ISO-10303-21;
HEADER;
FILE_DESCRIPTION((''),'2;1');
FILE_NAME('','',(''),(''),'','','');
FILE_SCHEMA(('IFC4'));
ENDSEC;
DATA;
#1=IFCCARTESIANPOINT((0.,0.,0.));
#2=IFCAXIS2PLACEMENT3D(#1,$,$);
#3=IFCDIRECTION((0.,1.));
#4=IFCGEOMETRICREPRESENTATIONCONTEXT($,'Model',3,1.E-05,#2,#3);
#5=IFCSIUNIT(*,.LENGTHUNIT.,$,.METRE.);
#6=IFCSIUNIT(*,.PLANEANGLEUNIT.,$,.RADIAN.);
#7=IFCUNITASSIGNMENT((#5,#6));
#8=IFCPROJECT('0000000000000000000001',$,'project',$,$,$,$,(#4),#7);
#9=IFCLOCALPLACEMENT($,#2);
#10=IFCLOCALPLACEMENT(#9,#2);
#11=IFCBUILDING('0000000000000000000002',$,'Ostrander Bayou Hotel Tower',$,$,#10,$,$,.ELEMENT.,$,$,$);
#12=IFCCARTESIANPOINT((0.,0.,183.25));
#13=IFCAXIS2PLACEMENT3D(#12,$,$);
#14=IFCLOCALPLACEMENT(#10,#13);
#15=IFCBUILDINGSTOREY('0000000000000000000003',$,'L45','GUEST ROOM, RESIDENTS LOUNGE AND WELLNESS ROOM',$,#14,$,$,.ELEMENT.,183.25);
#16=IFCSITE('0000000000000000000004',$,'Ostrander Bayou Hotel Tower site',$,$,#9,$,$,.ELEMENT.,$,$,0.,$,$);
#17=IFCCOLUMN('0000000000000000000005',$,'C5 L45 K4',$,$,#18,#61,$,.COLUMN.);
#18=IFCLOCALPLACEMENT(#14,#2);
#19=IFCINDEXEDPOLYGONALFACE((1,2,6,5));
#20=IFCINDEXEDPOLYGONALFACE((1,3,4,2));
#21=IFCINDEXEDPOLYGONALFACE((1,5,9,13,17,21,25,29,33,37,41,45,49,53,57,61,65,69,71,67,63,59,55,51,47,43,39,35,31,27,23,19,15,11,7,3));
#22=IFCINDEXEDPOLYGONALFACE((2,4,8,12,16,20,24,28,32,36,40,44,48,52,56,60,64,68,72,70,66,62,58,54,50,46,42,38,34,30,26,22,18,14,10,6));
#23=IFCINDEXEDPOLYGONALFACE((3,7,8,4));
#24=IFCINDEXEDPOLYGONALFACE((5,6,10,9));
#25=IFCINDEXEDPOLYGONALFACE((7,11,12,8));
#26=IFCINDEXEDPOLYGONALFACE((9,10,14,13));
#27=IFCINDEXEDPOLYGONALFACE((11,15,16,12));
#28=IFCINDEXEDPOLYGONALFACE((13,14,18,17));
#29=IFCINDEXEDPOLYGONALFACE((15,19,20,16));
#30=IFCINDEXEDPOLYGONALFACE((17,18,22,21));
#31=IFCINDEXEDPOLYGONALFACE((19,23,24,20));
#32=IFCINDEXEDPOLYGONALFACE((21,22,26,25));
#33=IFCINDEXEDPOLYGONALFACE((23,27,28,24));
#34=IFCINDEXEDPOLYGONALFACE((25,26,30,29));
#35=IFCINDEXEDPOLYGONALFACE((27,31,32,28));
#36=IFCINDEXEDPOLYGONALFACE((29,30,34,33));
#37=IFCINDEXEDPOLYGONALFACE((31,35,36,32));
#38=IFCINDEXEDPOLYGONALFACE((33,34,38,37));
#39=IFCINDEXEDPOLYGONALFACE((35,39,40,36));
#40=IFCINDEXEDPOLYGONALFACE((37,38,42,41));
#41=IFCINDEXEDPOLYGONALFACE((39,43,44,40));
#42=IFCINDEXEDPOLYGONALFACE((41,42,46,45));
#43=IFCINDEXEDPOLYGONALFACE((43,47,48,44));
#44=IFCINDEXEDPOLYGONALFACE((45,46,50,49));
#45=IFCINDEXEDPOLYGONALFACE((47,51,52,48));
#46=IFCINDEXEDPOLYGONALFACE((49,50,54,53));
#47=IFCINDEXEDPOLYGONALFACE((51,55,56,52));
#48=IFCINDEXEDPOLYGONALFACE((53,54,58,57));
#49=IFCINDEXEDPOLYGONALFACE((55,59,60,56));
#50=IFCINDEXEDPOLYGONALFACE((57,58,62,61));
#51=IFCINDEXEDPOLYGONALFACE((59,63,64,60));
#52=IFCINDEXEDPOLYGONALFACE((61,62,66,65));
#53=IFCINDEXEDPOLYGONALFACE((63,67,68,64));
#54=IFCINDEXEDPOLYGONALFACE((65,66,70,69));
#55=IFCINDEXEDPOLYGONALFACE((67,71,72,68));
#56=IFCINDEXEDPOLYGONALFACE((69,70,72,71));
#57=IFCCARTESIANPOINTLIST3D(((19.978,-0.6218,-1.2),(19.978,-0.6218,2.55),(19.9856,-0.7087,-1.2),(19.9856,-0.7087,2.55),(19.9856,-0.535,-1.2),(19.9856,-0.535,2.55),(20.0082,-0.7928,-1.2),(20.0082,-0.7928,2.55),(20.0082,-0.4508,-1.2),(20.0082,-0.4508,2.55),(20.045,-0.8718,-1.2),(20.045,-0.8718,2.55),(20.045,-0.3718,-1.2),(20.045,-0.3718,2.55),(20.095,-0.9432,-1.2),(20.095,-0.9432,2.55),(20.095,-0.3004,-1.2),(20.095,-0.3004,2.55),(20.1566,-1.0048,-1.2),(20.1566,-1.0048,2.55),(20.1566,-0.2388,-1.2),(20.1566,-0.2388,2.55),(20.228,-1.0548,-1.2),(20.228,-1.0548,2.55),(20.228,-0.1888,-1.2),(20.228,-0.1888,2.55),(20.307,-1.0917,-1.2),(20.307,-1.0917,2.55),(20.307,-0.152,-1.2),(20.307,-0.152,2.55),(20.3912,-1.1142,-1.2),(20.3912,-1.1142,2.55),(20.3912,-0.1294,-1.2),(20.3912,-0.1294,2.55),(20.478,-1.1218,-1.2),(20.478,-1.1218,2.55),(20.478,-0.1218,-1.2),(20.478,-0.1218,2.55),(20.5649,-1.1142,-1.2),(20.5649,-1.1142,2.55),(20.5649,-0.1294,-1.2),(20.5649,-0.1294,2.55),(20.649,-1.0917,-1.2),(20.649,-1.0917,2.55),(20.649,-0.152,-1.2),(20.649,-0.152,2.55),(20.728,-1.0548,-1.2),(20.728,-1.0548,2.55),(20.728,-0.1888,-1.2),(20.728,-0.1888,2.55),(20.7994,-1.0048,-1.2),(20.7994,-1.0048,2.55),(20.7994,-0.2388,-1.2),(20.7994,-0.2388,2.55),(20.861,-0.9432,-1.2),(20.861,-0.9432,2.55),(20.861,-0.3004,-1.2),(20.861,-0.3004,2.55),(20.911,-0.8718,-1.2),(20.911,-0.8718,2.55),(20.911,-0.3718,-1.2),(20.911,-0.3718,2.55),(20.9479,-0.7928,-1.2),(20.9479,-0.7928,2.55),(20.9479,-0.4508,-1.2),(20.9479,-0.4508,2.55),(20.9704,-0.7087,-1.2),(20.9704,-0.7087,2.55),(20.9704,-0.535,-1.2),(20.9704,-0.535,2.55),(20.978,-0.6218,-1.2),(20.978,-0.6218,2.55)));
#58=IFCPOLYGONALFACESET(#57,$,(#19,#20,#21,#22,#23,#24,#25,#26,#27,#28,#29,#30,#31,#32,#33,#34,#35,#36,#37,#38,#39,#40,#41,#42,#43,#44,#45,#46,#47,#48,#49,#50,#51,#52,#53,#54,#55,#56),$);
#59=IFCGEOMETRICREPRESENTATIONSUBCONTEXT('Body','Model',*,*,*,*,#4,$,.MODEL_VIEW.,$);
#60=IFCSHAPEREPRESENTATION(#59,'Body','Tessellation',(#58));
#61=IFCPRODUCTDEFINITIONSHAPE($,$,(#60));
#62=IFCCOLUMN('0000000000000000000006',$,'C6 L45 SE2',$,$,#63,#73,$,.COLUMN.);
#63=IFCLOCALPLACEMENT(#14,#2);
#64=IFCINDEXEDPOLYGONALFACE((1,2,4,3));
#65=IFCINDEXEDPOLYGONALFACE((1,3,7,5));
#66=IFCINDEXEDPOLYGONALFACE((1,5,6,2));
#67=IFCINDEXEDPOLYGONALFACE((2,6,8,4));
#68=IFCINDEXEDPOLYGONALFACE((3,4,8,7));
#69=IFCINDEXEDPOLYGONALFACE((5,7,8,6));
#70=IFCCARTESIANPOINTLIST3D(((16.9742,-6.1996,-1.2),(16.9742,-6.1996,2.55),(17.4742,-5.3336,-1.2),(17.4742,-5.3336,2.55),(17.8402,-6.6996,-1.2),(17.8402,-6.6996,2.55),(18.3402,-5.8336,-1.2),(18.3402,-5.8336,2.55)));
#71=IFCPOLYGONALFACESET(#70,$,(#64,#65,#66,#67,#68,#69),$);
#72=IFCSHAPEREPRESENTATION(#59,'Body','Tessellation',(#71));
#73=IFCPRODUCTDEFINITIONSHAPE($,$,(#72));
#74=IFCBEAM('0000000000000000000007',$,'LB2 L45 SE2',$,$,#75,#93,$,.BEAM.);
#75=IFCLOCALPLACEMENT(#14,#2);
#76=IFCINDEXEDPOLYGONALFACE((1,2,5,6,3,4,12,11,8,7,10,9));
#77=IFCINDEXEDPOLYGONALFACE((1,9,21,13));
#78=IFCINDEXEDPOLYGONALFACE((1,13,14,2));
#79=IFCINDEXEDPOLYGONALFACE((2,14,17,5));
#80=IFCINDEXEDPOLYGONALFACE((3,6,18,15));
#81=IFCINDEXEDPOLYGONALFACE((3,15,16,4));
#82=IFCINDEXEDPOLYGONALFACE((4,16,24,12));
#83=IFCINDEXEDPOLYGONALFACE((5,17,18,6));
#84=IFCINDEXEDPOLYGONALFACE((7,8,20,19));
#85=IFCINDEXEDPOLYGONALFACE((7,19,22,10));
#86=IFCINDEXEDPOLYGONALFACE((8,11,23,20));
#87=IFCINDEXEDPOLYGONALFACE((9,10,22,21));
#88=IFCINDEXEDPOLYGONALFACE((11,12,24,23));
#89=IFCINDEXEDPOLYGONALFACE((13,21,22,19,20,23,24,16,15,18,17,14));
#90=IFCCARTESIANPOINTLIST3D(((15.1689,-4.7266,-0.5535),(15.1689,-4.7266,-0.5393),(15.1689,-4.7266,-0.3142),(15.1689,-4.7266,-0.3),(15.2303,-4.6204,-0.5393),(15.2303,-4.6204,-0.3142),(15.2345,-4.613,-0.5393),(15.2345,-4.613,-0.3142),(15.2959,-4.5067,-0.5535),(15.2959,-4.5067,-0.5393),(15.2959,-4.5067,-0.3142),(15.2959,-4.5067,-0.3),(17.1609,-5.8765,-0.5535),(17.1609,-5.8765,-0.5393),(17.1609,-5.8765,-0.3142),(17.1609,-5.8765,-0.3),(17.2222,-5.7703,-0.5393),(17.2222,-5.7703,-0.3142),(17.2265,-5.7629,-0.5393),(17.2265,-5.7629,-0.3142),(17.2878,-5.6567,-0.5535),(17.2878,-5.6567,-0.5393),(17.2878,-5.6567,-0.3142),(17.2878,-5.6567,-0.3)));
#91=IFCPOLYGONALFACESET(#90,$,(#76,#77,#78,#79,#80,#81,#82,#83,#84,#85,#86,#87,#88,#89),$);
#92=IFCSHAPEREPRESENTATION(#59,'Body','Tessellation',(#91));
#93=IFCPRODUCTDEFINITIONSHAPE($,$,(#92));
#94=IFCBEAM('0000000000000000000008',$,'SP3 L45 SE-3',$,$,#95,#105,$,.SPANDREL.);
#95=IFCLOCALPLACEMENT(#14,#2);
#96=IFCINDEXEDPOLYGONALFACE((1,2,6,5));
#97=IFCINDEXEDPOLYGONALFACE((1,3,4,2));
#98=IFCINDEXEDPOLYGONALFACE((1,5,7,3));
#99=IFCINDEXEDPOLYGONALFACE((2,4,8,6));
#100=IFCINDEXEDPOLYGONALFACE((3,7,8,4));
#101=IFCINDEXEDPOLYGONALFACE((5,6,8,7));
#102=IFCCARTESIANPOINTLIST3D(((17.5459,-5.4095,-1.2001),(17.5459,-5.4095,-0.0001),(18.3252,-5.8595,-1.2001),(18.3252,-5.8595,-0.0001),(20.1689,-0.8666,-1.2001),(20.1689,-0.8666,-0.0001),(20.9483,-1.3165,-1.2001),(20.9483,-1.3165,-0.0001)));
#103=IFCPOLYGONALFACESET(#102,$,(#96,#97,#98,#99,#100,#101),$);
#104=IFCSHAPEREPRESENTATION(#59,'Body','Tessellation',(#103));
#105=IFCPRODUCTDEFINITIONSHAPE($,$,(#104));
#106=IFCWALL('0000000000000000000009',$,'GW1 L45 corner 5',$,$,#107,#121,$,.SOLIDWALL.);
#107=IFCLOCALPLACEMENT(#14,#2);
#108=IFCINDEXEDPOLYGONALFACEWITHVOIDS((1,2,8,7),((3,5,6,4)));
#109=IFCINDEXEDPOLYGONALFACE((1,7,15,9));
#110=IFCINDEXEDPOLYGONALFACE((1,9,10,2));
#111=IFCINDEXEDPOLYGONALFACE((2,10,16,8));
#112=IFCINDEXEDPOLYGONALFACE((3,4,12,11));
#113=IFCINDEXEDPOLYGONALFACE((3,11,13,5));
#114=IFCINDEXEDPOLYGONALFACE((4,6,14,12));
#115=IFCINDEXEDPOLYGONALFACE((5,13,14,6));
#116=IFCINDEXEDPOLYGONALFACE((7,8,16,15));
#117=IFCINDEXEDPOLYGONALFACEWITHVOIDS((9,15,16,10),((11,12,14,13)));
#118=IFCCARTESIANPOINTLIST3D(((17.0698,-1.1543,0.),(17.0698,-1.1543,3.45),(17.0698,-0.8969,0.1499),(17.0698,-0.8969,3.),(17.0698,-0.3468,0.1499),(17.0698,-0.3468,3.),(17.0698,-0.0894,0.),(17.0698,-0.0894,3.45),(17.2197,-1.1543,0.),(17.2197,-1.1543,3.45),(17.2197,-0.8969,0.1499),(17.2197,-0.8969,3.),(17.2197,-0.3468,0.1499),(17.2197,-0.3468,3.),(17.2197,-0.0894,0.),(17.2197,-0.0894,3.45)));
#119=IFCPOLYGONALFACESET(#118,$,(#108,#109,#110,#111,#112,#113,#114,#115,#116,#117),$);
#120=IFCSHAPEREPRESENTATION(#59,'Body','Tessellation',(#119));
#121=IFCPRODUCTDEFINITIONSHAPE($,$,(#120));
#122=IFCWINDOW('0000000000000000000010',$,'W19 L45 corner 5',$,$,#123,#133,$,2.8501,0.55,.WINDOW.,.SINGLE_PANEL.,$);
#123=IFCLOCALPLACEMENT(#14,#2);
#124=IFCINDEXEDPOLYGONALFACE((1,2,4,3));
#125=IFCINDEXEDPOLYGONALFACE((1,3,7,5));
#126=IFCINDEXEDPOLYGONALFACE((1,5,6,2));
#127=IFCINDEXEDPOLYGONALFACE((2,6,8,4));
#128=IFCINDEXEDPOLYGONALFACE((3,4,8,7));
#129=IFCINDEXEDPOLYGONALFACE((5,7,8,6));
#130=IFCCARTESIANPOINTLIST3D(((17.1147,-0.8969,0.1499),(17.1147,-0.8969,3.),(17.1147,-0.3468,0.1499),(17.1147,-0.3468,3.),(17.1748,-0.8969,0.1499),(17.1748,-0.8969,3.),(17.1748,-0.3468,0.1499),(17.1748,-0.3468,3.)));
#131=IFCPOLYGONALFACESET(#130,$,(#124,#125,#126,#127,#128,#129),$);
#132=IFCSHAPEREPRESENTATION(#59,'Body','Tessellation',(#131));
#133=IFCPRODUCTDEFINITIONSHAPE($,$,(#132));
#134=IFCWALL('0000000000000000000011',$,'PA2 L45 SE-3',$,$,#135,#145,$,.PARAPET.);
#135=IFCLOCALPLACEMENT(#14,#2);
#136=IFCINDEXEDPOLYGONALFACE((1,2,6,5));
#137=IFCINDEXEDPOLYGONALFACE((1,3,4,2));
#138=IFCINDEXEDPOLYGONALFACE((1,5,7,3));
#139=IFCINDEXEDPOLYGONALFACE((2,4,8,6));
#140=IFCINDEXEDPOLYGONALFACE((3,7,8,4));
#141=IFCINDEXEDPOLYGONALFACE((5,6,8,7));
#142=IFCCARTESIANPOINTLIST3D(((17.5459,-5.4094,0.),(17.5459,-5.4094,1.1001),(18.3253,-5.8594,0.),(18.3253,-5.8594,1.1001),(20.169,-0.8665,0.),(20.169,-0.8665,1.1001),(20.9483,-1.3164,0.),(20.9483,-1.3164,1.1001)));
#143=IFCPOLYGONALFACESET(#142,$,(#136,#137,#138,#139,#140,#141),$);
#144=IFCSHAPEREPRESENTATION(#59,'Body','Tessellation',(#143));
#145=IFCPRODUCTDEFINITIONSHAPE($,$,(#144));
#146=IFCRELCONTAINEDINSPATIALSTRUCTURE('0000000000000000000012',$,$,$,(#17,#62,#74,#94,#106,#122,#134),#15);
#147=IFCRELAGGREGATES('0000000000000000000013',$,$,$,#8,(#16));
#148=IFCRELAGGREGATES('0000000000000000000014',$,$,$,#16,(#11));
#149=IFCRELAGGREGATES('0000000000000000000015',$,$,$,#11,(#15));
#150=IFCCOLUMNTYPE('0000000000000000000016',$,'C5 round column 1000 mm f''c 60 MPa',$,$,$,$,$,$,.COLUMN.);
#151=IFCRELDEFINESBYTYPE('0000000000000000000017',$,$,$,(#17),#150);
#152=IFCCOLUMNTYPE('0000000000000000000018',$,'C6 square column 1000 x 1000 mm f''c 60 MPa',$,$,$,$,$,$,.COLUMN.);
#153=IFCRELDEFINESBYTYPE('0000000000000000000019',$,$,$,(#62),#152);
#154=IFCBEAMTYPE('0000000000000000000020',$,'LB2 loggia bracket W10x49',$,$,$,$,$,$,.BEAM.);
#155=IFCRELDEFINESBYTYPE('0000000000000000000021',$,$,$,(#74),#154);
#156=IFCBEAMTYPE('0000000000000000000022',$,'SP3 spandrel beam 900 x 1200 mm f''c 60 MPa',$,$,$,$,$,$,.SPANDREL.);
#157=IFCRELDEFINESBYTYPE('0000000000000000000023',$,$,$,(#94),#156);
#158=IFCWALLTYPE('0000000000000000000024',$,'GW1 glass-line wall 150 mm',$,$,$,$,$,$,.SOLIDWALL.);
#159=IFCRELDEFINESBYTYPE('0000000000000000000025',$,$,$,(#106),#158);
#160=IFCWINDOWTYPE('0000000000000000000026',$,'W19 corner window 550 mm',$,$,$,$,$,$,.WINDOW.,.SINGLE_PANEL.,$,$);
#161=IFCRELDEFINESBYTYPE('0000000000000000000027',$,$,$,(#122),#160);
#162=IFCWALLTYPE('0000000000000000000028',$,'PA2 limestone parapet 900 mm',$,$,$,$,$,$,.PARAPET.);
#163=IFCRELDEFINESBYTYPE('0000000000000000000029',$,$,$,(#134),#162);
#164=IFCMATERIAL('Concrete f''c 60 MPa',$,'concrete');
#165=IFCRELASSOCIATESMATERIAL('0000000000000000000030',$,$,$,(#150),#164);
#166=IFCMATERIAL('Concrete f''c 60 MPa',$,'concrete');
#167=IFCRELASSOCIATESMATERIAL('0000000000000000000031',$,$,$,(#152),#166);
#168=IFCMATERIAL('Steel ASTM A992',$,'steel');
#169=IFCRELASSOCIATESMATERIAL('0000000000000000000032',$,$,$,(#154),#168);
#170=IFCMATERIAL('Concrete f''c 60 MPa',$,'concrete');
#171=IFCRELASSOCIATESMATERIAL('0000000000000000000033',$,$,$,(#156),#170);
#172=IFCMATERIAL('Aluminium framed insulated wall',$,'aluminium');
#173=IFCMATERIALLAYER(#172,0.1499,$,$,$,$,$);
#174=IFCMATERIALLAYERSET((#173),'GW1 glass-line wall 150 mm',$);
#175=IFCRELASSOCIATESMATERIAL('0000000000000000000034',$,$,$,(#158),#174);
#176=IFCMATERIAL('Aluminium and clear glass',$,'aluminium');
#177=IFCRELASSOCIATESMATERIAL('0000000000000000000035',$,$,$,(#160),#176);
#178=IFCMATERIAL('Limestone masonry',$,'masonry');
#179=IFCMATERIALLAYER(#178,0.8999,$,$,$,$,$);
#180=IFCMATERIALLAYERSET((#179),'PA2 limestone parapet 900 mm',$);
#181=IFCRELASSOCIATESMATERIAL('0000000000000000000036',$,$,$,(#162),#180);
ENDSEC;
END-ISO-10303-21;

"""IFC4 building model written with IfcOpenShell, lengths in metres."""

from ifc_helpers import new_model, si_unit, direction, frame, frame_2d, origin, origin_2d, place, context, subcontext, project, spatial, rectangle, circle, i_section, extrude, material, layer, layer_set, material_profile, profile_set, type_object, element, fill, save


model = new_model("IFC4")

# Units and contexts
model_context = context("Model", 3, precision=1e-05, world=origin(), true_north=direction((0.0, 1.0)))
body_context = subcontext(model_context, "Body", "Model", "MODEL_VIEW")
ifc_project = project(units=[si_unit("LENGTHUNIT", "METRE"), si_unit("PLANEANGLEUNIT", "RADIAN")], contexts=[model_context])

# Site, building, storey
site_placement = place(None, origin())
site = spatial("IfcSite", under=ifc_project, at=site_placement, Name="Ostrander Bayou Hotel Tower site", CompositionType="ELEMENT", RefElevation=0.0)
building_placement = place(site_placement, origin())
building = spatial("IfcBuilding", under=site, at=building_placement, Name="Ostrander Bayou Hotel Tower", CompositionType="ELEMENT")
storey_placement = place(building_placement, frame((0.0, 0.0, 183.25)))
storey = spatial("IfcBuildingStorey", under=building, at=storey_placement, Name="L45", Description="GUEST ROOM, RESIDENTS LOUNGE AND WELLNESS ROOM", CompositionType="ELEMENT", Elevation=183.25)

# Columns
ifc_material_1 = material(Name="Concrete f'c 60 MPa", Category="concrete")
ifc_material_profile_1 = material_profile(ifc_material_1, circle(Radius=0.5, at=origin_2d()))
ifc_profile_set_1 = profile_set([ifc_material_profile_1], Name="Concrete f'c 60 MPa")
column_type_1 = type_object("IfcColumnType", Name="C5 round column 1000 mm f'c 60 MPa", PredefinedType="COLUMN", material=ifc_profile_set_1)
column_1_placement = place(storey_placement, frame((20.478, -0.6218, -1.2), z_axis=(0.0, 0.0, 1.0), x_axis=(1.0, 0.0, 0.0)))
element("IfcColumn", 1, at=column_1_placement, inside=storey, type_object=column_type_1, Name="C5 L45 K4", PredefinedType="COLUMN", context=body_context, shape_type="SweptSolid", body=[
    extrude(circle(Radius=0.5, at=origin_2d()), origin(), (0.0, 0.0, 1.0), 3.75),
])
ifc_material_2 = material(Name="Concrete f'c 60 MPa", Category="concrete")
ifc_material_profile_2 = material_profile(ifc_material_2, rectangle(XDim=1.0, YDim=1.0, at=origin_2d()))
ifc_profile_set_2 = profile_set([ifc_material_profile_2], Name="Concrete f'c 60 MPa")
column_type_2 = type_object("IfcColumnType", Name="C6 square column 1000 x 1000 mm f'c 60 MPa", PredefinedType="COLUMN", material=ifc_profile_set_2)
column_2_placement = place(storey_placement, frame((17.6572, -6.0166, -1.2), z_axis=(0.0, 0.0, 1.0), x_axis=(-0.5, -0.866025, 0.0)))
element("IfcColumn", 2, at=column_2_placement, inside=storey, type_object=column_type_2, Name="C6 L45 SE2", PredefinedType="COLUMN", context=body_context, shape_type="SweptSolid", body=[
    extrude(rectangle(XDim=1.0, YDim=1.0, at=origin_2d()), origin(), (0.0, 0.0, 1.0), 3.75),
])

# Beams
ifc_material_3 = material(Name="Steel ASTM A992", Category="steel")
ifc_material_profile_3 = material_profile(ifc_material_3, i_section(OverallWidth=0.2539, OverallDepth=0.2534, WebThickness=0.0085, FlangeThickness=0.0142, at=origin_2d()))
ifc_profile_set_3 = profile_set([ifc_material_profile_3], Name="Steel ASTM A992")
beam_type_1 = type_object("IfcBeamType", Name="LB2 loggia bracket W10x49", PredefinedType="BEAM", material=ifc_profile_set_3)
beam_1_placement = place(storey_placement, frame((17.2244, -5.7666, -0.4268), z_axis=(-0.866053, 0.499952, 0.0), x_axis=(-0.499952, -0.866053, 0.0)))
element("IfcBeam", 3, at=beam_1_placement, inside=storey, type_object=beam_type_1, Name="LB2 L45 SE2", PredefinedType="BEAM", context=body_context, shape_type="SweptSolid", body=[
    extrude(i_section(OverallWidth=0.2539, OverallDepth=0.2534, WebThickness=0.0085, FlangeThickness=0.0142, at=origin_2d()), origin(), (0.0, 0.0, 1.0), 2.3),
])
ifc_material_4 = material(Name="Concrete f'c 60 MPa", Category="concrete")
ifc_material_profile_4 = material_profile(ifc_material_4, rectangle(XDim=0.8999, YDim=1.2, at=origin_2d()))
ifc_profile_set_4 = profile_set([ifc_material_profile_4], Name="Concrete f'c 60 MPa")
beam_type_2 = type_object("IfcBeamType", Name="SP3 spandrel beam 900 x 1200 mm f'c 60 MPa", PredefinedType="SPANDREL", material=ifc_profile_set_4)
beam_2_placement = place(storey_placement, frame((17.9355, -5.6345, -0.6001), z_axis=(0.500023, 0.866012, 0.0), x_axis=(-0.866012, 0.500023, 0.0)))
element("IfcBeam", 4, at=beam_2_placement, inside=storey, type_object=beam_type_2, Name="SP3 L45 SE-3", PredefinedType="SPANDREL", context=body_context, shape_type="SweptSolid", body=[
    extrude(rectangle(XDim=0.8999, YDim=1.2, at=origin_2d()), origin(), (0.0, 0.0, 1.0), 5.2458),
])

# Wall, opening, window
ifc_material_5 = material(Name="Aluminium framed insulated wall", Category="aluminium")
ifc_layer_1 = layer(ifc_material_5, 0.1499)
ifc_layer_set_1 = layer_set([ifc_layer_1], Name="GW1 glass-line wall 150 mm")
wall_type_1 = type_object("IfcWallType", Name="GW1 glass-line wall 150 mm", PredefinedType="SOLIDWALL", material=ifc_layer_set_1)
wall_1_placement = place(storey_placement, frame((17.1448, -1.1543, 0.0), z_axis=(0.0, 0.0, 1.0), x_axis=(0.0, 1.0, 0.0)))
wall_1 = element("IfcWall", 5, at=wall_1_placement, inside=storey, type_object=wall_type_1, Name="GW1 L45 corner 5", PredefinedType="SOLIDWALL", context=body_context, shape_type="SweptSolid", body=[
    extrude(rectangle(XDim=1.0649, YDim=0.1499, at=frame_2d((0.5325, 0.0))), origin(), (0.0, 0.0, 1.0), 3.45),
])
opening_1_placement = place(wall_1_placement, frame((0.2576, 0.0, 0.1499)))
opening_1 = element("IfcOpeningElement", 6, at=opening_1_placement, cuts=wall_1, PredefinedType="OPENING", context=body_context, shape_type="SweptSolid", body=[
    extrude(rectangle(XDim=0.55, YDim=2.8501, at=frame_2d((0.2749, 1.425))), frame((0.0, 0.075, 0.0), z_axis=(0.0, -1.0, 0.0), x_axis=(1.0, 0.0, 0.0)), (0.0, 0.0, 1.0), 0.1499),
])
ifc_material_6 = material(Name="Aluminium and clear glass", Category="aluminium")
window_type = type_object("IfcWindowType", Name="W19 corner window 550 mm", PartitioningType="SINGLE_PANEL", PredefinedType="WINDOW", material=ifc_material_6)
window_placement = place(opening_1_placement, origin())
window = element("IfcWindow", 7, at=window_placement, inside=storey, type_object=window_type, Name="W19 L45 corner 5", OverallHeight=2.8501, OverallWidth=0.55, PartitioningType="SINGLE_PANEL", PredefinedType="WINDOW", context=body_context, shape_type="SweptSolid", body=[
    extrude(rectangle(XDim=0.55, YDim=2.8501, at=frame_2d((0.2749, 1.425))), frame((0.0, 0.03, 0.0), z_axis=(0.0, -1.0, 0.0), x_axis=(1.0, 0.0, 0.0)), (0.0, 0.0, 1.0), 0.0601),
])
fill(opening_1, window)

# Wall
ifc_material_7 = material(Name="Limestone masonry", Category="masonry")
ifc_layer_2 = layer(ifc_material_7, 0.8999)
ifc_layer_set_2 = layer_set([ifc_layer_2], Name="PA2 limestone parapet 900 mm")
wall_type_2 = type_object("IfcWallType", Name="PA2 limestone parapet 900 mm", PredefinedType="PARAPET", material=ifc_layer_set_2)
wall_2_placement = place(storey_placement, frame((17.9355, -5.6345, 0.0), z_axis=(0.0, 0.0, 1.0), x_axis=(0.500023, 0.866012, 0.0)))
element("IfcWall", 8, at=wall_2_placement, inside=storey, type_object=wall_type_2, Name="PA2 L45 SE-3", PredefinedType="PARAPET", context=body_context, shape_type="SweptSolid", body=[
    extrude(rectangle(XDim=5.2458, YDim=0.8999, at=frame_2d((2.623, 0.0))), origin(), (0.0, 0.0, 1.0), 1.1001),
])

save(model, "model.ifc")
